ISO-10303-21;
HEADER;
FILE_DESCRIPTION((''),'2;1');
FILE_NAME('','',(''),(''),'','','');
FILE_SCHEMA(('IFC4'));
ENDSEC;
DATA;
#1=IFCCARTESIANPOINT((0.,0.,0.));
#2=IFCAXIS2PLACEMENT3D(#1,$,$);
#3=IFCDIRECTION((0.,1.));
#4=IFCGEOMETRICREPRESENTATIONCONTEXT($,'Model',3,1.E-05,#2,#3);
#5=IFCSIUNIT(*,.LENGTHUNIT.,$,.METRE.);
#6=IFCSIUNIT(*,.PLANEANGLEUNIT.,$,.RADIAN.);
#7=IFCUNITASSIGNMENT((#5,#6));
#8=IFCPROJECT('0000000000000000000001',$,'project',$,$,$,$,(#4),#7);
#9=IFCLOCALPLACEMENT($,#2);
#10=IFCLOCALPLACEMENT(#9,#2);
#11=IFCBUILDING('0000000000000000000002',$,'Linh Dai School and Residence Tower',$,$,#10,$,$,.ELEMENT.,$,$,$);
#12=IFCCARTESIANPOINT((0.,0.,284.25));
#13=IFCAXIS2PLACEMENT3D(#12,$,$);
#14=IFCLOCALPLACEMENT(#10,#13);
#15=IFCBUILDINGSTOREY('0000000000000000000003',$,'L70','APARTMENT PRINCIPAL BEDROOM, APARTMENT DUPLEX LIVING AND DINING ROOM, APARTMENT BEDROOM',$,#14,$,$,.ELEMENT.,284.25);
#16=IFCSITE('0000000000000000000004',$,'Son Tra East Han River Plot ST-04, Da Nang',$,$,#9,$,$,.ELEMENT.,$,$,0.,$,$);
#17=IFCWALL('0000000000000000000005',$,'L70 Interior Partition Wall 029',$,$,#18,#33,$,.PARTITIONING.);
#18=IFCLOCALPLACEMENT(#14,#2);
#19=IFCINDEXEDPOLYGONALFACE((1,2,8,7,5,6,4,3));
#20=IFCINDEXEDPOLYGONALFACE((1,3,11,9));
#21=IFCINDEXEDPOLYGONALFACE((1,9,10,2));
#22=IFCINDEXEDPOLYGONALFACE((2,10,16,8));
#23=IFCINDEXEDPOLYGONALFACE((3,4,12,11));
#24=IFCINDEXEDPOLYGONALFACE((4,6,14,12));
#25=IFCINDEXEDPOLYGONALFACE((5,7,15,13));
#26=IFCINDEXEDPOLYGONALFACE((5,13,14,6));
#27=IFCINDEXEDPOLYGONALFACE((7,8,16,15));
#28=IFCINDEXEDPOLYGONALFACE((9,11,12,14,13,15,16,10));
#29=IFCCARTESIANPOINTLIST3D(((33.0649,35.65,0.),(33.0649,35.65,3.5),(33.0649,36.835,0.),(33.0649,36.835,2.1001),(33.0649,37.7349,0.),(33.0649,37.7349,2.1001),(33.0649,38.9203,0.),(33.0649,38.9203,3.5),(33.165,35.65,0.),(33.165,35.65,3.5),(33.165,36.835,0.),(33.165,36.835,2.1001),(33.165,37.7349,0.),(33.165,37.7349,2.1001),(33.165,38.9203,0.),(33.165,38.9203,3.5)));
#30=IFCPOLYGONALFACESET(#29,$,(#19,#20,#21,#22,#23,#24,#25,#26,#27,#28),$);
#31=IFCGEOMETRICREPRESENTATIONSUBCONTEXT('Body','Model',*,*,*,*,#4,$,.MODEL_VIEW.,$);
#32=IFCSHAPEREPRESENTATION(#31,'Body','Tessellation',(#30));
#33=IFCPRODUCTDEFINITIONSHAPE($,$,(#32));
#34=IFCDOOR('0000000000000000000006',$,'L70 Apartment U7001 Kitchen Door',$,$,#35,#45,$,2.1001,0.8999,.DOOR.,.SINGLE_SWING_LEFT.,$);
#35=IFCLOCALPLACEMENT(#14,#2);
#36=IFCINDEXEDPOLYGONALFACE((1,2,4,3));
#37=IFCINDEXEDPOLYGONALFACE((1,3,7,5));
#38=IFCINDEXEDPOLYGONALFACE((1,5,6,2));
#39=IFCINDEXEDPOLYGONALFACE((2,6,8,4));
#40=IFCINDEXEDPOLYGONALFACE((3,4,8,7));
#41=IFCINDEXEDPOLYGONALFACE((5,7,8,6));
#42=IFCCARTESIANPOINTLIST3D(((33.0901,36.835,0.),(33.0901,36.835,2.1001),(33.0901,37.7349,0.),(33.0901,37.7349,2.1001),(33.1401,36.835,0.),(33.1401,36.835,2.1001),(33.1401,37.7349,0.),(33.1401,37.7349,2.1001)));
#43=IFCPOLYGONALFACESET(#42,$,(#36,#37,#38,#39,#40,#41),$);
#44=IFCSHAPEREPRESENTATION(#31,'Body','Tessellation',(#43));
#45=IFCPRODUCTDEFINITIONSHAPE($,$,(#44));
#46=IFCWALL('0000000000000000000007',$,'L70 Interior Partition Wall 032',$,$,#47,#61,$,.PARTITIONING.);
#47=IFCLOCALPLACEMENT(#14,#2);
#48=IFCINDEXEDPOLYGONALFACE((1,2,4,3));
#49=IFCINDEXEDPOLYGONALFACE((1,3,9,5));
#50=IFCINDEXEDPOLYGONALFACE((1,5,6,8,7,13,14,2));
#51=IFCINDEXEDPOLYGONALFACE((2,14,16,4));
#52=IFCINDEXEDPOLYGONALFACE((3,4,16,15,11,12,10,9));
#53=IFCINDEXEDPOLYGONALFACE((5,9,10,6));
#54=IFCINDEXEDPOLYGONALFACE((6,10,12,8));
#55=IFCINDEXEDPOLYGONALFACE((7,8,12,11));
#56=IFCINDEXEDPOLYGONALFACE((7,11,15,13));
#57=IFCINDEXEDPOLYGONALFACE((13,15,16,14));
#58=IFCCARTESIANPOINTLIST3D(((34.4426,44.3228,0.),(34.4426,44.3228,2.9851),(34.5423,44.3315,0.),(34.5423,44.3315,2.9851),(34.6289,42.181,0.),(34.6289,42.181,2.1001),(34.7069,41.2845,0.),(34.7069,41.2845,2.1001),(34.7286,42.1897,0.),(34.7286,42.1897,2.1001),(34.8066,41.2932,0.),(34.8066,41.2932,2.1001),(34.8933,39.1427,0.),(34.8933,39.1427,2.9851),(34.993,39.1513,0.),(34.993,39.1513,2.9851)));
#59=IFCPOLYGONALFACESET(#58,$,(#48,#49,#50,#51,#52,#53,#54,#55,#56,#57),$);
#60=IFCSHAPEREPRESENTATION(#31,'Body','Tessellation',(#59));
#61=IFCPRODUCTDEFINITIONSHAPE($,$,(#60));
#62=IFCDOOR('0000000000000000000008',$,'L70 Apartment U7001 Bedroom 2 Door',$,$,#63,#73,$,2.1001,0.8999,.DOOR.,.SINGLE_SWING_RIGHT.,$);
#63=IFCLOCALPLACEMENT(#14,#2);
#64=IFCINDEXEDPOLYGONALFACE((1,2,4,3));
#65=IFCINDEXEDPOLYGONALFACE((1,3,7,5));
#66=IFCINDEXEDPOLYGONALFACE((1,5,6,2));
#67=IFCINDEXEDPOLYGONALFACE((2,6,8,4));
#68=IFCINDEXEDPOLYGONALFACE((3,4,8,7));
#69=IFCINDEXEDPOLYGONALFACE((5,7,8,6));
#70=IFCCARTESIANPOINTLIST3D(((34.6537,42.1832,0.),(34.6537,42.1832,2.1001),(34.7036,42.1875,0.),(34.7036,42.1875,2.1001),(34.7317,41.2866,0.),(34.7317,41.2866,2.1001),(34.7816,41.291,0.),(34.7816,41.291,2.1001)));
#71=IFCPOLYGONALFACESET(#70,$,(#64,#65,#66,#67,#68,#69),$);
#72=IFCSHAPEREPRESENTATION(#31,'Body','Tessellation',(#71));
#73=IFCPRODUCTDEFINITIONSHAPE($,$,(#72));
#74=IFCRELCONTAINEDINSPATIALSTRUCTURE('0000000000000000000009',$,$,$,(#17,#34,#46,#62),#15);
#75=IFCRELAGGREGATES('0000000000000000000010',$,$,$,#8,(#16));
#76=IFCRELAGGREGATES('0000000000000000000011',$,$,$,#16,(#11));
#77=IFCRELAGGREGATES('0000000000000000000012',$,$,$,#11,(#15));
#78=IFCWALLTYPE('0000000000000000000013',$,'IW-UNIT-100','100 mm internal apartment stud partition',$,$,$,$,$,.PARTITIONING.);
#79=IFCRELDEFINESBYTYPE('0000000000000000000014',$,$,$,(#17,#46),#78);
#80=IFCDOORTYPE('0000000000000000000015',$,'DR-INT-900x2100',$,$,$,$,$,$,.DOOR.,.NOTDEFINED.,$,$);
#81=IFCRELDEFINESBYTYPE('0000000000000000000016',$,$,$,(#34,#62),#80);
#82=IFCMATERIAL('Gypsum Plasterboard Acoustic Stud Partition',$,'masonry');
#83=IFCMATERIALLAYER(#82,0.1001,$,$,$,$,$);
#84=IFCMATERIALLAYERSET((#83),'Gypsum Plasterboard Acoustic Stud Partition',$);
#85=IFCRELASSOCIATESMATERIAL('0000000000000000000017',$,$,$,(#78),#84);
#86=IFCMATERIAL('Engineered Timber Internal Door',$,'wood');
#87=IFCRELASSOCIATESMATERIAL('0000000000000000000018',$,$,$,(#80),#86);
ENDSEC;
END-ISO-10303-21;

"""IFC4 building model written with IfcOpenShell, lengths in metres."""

from ifc_helpers import new_model, si_unit, direction, frame, frame_2d, origin, origin_2d, place, context, subcontext, project, spatial, rectangle, extrude, source, transform, mapped, material, layer, layer_set, type_object, element, fill, save


model = new_model("IFC4")

# Units and contexts
model_context = context("Model", 3, precision=1e-05, world=origin(), true_north=direction((0.0, 1.0)))
body_context = subcontext(model_context, "Body", "Model", "MODEL_VIEW")
ifc_project = project(units=[si_unit("LENGTHUNIT", "METRE"), si_unit("PLANEANGLEUNIT", "RADIAN")], contexts=[model_context])

# Site, building, storey
site_placement = place(None, origin())
site = spatial("IfcSite", under=ifc_project, at=site_placement, Name="Son Tra East Han River Plot ST-04, Da Nang", CompositionType="ELEMENT", RefElevation=0.0)
building_placement = place(site_placement, origin())
building = spatial("IfcBuilding", under=site, at=building_placement, Name="Linh Dai School and Residence Tower", CompositionType="ELEMENT")
storey_placement = place(building_placement, frame((0.0, 0.0, 284.25)))
storey = spatial("IfcBuildingStorey", under=building, at=storey_placement, Name="L70", Description="APARTMENT PRINCIPAL BEDROOM, APARTMENT DUPLEX LIVING AND DINING ROOM, APARTMENT BEDROOM", CompositionType="ELEMENT", Elevation=284.25)

# Shared definitions
ifc_material_1 = material(Name="Gypsum Plasterboard Acoustic Stud Partition", Category="masonry")
ifc_layer_1 = layer(ifc_material_1, 0.1001)
ifc_layer_set_1 = layer_set([ifc_layer_1], Name="Gypsum Plasterboard Acoustic Stud Partition")
wall_type_1 = type_object("IfcWallType", Name="IW-UNIT-100", Description="100 mm internal apartment stud partition", PredefinedType="PARTITIONING", material=ifc_layer_set_1)

# Walls, openings, doors
wall_1_placement = place(storey_placement, frame((33.115, 35.6499, 0.0), z_axis=(0.0, 0.0, 1.0), x_axis=(0.0, 1.0, 0.0)))
wall_1 = element("IfcWall", 1, at=wall_1_placement, inside=storey, type_object=wall_type_1, Name="L70 Interior Partition Wall 029", PredefinedType="PARTITIONING", context=body_context, shape_type="SweptSolid", body=[
    extrude(rectangle(XDim=3.2703, YDim=0.1001, at=frame_2d((1.6353, 0.0))), origin(), (0.0, 0.0, 1.0), 3.5),
])
opening_1_placement = place(wall_1_placement, frame((1.1851, 0.0, 0.0)))
opening_1 = element("IfcOpeningElement", 2, at=opening_1_placement, cuts=wall_1, PredefinedType="OPENING", context=body_context, shape_type="SweptSolid", body=[
    extrude(rectangle(XDim=0.8999, YDim=2.1001, at=origin_2d()), frame((0.45, 0.0601, 1.05), z_axis=(0.0, -1.0, 0.0), x_axis=(1.0, 0.0, 0.0)), (0.0, 0.0, 1.0), 0.1201),
])
ifc_material_2 = material(Name="Engineered Timber Internal Door", Category="wood")
door_type_1 = type_object("IfcDoorType", Name="DR-INT-900x2100", OperationType="NOTDEFINED", PredefinedType="DOOR", material=ifc_material_2)
shared_shape_1 = source(origin(), body_context, "Body", "SweptSolid", [
    extrude(rectangle(XDim=0.8999, YDim=2.1001, at=origin_2d()), frame((0.45, 0.0249, 1.05), z_axis=(0.0, -1.0, 0.0), x_axis=(1.0, 0.0, 0.0)), (0.0, 0.0, 1.0), 0.05),
])
door_1_placement = place(opening_1_placement, origin())
door_1 = element("IfcDoor", 3, at=door_1_placement, inside=storey, type_object=door_type_1, Name="L70 Apartment U7001 Kitchen Door", OperationType="SINGLE_SWING_LEFT", OverallHeight=2.1001, OverallWidth=0.8999, PredefinedType="DOOR", context=body_context, shape_type="MappedRepresentation", body=[
    mapped(shared_shape_1, transform((0.0, 0.0, 0.0), x_axis=(1.0, 0.0, 0.0), y_axis=(0.0, 1.0, 0.0), z_axis=(0.0, 0.0, 1.0), scale=1.0)),
])
fill(opening_1, door_1)
wall_2_placement = place(storey_placement, frame((34.4924, 44.3271, 0.0), z_axis=(0.0, 0.0, 1.0), x_axis=(0.086674, -0.996237, 0.0)))
wall_2 = element("IfcWall", 4, at=wall_2_placement, inside=storey, type_object=wall_type_1, Name="L70 Interior Partition Wall 032", PredefinedType="PARTITIONING", context=body_context, shape_type="SweptSolid", body=[
    extrude(rectangle(XDim=5.1997, YDim=0.1001, at=frame_2d((2.5999, 0.0))), origin(), (0.0, 0.0, 1.0), 2.9851),
])
opening_2_placement = place(wall_2_placement, frame((2.1499, 0.0, 0.0)))
opening_2 = element("IfcOpeningElement", 5, at=opening_2_placement, cuts=wall_2, PredefinedType="OPENING", context=body_context, shape_type="SweptSolid", body=[
    extrude(rectangle(XDim=0.8999, YDim=2.1001, at=origin_2d()), frame((0.45, 0.0601, 1.05), z_axis=(0.0, -1.0, 0.0), x_axis=(1.0, 0.0, 0.0)), (0.0, 0.0, 1.0), 0.1201),
])
door_2_placement = place(opening_2_placement, origin())
door_2 = element("IfcDoor", 6, at=door_2_placement, inside=storey, type_object=door_type_1, Name="L70 Apartment U7001 Bedroom 2 Door", OperationType="SINGLE_SWING_RIGHT", OverallHeight=2.1001, OverallWidth=0.8999, PredefinedType="DOOR", context=body_context, shape_type="MappedRepresentation", body=[
    mapped(shared_shape_1, transform((0.0, 0.0, 0.0), x_axis=(1.0, 0.0, 0.0), y_axis=(0.0, 1.0, 0.0), z_axis=(0.0, 0.0, 1.0), scale=1.0)),
])
fill(opening_2, door_2)

save(model, "model.ifc")
